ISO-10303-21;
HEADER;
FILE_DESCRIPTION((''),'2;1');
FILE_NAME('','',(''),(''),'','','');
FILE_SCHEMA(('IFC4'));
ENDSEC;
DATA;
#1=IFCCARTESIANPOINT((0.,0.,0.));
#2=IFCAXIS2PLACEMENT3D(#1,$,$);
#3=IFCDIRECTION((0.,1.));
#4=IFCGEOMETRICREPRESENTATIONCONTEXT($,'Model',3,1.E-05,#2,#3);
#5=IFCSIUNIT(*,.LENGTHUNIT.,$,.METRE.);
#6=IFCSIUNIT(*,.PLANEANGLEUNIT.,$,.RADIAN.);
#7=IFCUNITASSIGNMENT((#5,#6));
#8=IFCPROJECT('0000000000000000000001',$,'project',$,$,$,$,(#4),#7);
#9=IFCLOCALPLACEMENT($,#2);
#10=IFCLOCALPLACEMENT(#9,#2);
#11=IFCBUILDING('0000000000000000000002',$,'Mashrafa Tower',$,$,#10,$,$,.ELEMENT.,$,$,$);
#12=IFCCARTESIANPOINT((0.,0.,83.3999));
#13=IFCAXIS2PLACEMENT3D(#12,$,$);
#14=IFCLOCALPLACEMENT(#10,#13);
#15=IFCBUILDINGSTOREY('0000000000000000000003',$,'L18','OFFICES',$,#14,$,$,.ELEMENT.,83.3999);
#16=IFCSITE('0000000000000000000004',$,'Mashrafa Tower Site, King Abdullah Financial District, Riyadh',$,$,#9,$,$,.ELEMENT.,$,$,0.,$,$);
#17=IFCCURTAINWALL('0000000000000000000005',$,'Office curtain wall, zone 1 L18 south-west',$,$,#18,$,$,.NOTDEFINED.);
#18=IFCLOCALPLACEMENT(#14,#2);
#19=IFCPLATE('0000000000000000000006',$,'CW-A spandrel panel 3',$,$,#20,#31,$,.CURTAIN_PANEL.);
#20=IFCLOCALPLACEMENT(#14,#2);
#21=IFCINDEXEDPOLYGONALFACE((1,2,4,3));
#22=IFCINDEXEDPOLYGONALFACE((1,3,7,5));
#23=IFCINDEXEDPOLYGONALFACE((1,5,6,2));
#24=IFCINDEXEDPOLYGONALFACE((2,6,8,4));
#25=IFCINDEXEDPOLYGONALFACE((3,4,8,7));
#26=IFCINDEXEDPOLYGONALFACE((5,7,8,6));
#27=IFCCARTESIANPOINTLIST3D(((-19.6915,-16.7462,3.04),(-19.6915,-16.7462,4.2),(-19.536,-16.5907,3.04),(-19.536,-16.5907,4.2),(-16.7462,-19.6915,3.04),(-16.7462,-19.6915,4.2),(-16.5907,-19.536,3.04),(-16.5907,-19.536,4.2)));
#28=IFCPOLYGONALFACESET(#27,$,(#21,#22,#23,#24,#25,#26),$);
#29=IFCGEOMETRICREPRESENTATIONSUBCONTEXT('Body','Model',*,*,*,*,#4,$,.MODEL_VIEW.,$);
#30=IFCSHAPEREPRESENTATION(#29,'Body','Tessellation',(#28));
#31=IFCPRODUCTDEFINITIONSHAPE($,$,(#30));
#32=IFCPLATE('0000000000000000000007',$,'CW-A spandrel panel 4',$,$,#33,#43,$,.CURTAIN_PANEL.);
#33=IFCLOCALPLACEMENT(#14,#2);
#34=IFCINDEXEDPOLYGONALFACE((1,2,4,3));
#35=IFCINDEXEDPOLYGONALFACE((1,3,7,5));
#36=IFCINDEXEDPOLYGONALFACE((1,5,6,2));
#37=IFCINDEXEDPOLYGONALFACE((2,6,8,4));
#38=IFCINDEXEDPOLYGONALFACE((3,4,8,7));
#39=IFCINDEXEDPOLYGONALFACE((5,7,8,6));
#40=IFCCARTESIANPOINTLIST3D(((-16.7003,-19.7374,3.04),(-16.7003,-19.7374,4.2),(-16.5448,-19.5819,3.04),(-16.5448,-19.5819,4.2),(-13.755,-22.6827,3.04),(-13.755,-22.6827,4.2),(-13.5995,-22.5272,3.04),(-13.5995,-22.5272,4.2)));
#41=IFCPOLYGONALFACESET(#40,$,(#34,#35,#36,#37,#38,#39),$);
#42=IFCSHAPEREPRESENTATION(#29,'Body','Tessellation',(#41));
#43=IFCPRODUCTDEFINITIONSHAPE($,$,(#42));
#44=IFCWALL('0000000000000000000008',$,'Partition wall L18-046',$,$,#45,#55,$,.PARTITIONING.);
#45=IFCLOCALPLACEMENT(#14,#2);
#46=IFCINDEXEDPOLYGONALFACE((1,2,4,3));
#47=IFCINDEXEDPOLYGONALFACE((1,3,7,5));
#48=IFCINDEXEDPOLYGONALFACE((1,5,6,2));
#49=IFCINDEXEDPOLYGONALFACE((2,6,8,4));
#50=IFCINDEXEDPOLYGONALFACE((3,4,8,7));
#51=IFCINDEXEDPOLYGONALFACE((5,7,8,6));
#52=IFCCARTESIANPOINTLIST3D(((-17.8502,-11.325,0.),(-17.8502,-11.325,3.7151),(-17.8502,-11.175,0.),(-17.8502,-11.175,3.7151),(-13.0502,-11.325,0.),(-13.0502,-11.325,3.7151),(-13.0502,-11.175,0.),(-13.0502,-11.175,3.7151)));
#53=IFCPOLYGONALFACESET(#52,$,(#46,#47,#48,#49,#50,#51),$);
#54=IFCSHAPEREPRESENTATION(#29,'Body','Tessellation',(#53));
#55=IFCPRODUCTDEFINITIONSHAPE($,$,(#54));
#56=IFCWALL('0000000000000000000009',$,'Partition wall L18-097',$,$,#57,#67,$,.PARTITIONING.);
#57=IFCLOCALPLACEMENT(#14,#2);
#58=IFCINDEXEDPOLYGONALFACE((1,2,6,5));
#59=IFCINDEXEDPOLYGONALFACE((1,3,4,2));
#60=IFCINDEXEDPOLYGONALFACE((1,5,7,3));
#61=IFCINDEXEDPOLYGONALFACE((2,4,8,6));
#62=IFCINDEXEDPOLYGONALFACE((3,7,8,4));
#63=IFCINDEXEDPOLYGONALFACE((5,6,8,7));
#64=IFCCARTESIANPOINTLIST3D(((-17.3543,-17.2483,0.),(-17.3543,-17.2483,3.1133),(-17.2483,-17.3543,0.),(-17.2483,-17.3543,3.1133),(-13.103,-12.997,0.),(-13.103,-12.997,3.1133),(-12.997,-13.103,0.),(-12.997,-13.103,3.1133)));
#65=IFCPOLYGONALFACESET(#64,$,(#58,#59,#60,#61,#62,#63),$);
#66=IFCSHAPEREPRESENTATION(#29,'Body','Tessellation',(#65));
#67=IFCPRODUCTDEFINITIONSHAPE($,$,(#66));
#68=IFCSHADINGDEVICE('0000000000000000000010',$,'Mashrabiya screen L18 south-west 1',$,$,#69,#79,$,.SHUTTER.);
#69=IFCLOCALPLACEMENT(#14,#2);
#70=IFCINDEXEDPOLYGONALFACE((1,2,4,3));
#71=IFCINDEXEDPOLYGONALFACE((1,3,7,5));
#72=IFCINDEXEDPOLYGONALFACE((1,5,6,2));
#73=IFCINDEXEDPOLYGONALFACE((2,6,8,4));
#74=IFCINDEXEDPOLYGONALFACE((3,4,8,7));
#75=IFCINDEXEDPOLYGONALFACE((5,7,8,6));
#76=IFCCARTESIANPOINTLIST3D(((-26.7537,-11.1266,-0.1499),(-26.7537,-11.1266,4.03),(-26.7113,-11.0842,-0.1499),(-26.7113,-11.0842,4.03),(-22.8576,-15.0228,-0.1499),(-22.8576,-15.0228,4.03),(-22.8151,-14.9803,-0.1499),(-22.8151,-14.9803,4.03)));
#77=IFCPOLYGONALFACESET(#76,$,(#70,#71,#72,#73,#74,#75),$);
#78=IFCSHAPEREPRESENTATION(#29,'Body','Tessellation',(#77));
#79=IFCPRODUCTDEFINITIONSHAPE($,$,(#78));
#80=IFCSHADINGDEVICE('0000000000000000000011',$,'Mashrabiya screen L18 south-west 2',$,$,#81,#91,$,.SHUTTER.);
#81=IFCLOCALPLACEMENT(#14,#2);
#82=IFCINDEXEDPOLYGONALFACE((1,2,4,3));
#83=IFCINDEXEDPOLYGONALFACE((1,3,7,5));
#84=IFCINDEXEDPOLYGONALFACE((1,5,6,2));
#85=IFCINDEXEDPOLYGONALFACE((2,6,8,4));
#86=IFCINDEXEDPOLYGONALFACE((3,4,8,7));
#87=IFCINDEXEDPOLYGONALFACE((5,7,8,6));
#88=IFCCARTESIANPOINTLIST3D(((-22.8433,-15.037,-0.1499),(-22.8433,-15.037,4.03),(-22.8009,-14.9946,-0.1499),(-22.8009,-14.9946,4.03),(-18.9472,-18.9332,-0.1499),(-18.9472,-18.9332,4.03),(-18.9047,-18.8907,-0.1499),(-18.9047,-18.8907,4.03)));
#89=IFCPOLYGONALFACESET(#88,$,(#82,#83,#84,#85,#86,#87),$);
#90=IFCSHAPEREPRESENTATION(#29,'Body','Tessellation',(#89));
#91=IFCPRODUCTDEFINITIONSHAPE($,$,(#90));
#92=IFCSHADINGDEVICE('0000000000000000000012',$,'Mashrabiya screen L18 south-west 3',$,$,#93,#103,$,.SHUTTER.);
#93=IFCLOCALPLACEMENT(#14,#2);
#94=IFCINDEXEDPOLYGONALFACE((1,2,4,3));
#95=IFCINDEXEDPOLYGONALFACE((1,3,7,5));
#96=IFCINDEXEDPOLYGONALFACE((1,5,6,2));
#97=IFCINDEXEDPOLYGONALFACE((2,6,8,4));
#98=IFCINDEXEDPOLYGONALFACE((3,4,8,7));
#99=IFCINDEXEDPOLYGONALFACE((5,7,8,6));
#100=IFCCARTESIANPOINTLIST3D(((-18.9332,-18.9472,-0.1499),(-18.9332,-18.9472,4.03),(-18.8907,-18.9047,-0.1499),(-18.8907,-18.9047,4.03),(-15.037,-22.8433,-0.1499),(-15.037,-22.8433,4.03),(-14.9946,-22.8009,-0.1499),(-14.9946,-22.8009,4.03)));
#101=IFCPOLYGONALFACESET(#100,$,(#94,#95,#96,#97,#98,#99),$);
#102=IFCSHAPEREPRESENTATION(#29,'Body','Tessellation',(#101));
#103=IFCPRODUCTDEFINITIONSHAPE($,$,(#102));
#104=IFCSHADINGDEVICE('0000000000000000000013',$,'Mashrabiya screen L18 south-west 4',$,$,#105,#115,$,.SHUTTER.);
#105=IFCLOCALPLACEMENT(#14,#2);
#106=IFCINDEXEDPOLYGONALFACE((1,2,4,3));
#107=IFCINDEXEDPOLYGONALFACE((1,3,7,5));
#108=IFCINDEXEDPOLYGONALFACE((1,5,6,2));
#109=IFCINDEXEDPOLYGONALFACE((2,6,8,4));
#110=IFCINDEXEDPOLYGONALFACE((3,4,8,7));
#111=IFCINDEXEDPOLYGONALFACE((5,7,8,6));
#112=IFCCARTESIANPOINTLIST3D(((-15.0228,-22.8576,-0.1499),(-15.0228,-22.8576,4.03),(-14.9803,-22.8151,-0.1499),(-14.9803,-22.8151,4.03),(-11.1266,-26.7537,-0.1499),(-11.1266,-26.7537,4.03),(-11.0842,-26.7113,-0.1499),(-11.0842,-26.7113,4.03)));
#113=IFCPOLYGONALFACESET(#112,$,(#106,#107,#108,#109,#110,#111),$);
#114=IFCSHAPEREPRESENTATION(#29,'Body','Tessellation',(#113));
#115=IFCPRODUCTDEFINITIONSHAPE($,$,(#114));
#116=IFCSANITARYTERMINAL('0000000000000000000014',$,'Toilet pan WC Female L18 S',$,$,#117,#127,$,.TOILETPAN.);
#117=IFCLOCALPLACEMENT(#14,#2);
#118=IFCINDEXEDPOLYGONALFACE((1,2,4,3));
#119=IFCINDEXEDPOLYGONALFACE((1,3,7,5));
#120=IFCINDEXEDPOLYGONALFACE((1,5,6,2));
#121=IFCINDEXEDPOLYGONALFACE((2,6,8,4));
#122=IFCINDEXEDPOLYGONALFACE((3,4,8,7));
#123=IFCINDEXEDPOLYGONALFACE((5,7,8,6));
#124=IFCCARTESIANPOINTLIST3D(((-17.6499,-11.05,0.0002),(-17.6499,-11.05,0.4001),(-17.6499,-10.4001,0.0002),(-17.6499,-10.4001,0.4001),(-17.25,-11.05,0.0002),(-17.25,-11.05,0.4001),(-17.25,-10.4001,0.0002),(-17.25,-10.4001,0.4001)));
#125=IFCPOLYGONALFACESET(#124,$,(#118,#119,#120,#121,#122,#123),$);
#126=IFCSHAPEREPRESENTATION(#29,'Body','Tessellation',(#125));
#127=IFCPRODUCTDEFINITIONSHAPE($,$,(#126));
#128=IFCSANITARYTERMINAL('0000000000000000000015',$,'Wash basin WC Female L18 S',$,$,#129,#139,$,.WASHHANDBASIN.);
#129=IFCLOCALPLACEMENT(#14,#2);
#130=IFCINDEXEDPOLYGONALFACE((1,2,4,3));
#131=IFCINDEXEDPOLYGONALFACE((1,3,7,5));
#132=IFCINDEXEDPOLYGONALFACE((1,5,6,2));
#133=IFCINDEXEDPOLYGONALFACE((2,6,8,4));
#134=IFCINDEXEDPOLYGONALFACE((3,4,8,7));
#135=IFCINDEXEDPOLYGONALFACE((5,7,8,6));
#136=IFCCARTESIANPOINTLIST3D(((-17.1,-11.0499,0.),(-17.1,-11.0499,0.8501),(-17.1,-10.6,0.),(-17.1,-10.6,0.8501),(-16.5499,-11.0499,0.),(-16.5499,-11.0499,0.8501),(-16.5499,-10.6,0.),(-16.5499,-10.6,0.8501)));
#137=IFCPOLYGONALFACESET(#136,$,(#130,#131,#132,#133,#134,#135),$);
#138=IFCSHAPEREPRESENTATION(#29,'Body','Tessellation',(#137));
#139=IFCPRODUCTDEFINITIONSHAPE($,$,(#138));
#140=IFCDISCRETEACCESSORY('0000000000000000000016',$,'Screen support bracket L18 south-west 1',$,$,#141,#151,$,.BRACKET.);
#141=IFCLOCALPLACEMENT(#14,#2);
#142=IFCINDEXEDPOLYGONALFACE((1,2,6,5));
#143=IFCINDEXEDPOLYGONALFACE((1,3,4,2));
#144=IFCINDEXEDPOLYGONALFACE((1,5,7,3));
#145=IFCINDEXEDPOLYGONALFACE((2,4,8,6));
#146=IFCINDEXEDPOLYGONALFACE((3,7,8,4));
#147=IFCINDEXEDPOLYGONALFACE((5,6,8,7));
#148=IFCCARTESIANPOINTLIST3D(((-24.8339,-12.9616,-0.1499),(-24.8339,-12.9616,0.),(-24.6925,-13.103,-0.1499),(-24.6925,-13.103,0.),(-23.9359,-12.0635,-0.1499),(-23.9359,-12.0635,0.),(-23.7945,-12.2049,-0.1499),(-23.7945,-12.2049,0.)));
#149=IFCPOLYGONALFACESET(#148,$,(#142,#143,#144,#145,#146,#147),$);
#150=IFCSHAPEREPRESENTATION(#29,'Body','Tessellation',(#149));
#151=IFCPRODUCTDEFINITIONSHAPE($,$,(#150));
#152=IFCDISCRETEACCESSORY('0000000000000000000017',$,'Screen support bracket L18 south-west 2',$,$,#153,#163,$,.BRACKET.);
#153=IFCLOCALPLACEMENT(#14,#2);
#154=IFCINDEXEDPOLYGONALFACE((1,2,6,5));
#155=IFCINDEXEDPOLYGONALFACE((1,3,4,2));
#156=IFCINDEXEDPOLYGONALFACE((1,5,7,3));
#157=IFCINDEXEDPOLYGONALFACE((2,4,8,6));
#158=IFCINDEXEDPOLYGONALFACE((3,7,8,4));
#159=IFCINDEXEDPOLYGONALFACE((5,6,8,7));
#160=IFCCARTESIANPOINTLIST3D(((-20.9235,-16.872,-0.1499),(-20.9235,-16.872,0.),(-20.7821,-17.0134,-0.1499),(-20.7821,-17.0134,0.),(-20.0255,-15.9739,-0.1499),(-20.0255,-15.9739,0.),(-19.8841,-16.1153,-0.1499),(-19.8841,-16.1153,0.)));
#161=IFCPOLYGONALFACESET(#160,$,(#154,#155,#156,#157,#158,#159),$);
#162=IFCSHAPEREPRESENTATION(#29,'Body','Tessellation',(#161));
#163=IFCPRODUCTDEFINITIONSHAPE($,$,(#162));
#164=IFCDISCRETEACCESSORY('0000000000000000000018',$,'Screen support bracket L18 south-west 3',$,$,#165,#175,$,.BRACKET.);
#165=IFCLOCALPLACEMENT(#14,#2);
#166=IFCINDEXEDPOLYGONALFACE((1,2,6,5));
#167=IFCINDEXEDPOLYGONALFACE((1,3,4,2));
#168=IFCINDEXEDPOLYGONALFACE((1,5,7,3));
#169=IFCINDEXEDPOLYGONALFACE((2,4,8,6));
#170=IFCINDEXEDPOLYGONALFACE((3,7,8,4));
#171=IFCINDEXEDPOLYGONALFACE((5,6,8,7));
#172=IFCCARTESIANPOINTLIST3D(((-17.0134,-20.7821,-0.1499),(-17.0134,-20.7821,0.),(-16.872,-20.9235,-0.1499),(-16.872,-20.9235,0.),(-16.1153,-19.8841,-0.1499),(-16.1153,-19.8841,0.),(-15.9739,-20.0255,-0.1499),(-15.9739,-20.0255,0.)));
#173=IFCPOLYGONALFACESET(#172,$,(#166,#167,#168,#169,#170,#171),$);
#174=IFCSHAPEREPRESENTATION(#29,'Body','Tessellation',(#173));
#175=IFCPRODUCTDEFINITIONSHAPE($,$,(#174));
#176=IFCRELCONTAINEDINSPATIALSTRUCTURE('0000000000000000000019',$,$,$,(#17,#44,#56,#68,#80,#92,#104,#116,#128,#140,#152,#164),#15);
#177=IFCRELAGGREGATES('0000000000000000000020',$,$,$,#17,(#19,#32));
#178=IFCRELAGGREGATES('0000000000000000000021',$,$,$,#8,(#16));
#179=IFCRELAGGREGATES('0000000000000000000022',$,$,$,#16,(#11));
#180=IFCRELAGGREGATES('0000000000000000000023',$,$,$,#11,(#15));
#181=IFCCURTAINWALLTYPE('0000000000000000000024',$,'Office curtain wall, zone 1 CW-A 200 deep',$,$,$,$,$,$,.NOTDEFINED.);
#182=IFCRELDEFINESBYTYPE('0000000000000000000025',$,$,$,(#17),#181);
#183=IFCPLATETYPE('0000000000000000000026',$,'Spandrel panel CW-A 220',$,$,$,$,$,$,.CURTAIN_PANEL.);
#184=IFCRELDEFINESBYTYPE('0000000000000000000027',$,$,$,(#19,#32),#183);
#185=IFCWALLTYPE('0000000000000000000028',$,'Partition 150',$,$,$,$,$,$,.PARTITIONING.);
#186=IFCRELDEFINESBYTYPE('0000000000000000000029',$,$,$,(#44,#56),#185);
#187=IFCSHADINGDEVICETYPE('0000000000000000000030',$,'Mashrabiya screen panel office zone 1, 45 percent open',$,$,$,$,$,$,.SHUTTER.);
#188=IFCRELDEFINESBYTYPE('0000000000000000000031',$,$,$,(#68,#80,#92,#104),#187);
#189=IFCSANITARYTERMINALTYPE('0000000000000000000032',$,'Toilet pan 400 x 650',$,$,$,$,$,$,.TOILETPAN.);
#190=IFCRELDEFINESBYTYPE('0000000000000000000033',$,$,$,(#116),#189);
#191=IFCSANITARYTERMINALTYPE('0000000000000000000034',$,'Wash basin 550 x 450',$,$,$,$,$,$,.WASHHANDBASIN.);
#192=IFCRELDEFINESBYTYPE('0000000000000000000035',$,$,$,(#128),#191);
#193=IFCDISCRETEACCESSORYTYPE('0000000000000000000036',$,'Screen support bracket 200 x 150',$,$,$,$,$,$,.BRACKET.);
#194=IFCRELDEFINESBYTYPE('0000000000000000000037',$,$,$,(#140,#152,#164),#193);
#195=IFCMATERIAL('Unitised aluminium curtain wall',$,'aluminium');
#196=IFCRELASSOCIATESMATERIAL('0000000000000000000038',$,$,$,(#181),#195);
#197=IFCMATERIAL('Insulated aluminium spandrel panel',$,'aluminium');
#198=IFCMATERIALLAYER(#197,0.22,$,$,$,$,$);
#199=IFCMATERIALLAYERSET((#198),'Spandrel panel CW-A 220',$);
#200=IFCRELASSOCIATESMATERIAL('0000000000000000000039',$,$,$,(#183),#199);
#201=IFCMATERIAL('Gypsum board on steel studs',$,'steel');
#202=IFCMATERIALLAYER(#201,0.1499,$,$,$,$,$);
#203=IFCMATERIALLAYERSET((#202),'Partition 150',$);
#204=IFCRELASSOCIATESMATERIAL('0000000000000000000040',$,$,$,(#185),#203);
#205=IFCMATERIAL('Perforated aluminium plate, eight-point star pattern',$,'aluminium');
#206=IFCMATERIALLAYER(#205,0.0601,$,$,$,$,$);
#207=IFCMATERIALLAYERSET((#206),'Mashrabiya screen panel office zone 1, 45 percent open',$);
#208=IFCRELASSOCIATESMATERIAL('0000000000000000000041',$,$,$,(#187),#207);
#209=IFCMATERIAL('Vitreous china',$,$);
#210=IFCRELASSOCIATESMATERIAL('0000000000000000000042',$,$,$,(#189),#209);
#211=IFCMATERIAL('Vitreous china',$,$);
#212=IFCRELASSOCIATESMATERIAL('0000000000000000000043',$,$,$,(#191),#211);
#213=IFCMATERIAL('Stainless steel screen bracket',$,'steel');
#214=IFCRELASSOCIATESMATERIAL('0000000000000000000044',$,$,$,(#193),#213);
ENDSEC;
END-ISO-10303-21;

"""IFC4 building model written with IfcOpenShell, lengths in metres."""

from ifc_helpers import new_model, si_unit, direction, frame, frame_2d, origin, origin_2d, place, context, subcontext, project, spatial, rectangle, extrude, source, transform, mapped, material, layer, layer_set, type_object, type_shapes, element, aggregate, save


model = new_model("IFC4")

# Units and contexts
model_context = context("Model", 3, precision=1e-05, world=origin(), true_north=direction((0.0, 1.0)))
body_context = subcontext(model_context, "Body", "Model", "MODEL_VIEW")
ifc_project = project(units=[si_unit("LENGTHUNIT", "METRE"), si_unit("PLANEANGLEUNIT", "RADIAN")], contexts=[model_context])

# Site, building, storey
site_placement = place(None, origin())
site = spatial("IfcSite", under=ifc_project, at=site_placement, Name="Mashrafa Tower Site, King Abdullah Financial District, Riyadh", CompositionType="ELEMENT", RefElevation=0.0)
building_placement = place(site_placement, origin())
building = spatial("IfcBuilding", under=site, at=building_placement, Name="Mashrafa Tower", CompositionType="ELEMENT")
storey_placement = place(building_placement, frame((0.0, 0.0, 83.3999)))
storey = spatial("IfcBuildingStorey", under=building, at=storey_placement, Name="L18", Description="OFFICES", CompositionType="ELEMENT", Elevation=83.3999)

# Curtain wall, plates
ifc_material_1 = material(Name="Unitised aluminium curtain wall", Category="aluminium")
curtain_wall_type = type_object("IfcCurtainWallType", Name="Office curtain wall, zone 1 CW-A 200 deep", PredefinedType="NOTDEFINED", material=ifc_material_1)
curtain_wall_placement = place(storey_placement, origin())
curtain_wall = element("IfcCurtainWall", 1, at=curtain_wall_placement, inside=storey, type_object=curtain_wall_type, Name="Office curtain wall, zone 1 L18 south-west", PredefinedType="NOTDEFINED")
ifc_material_2 = material(Name="Insulated aluminium spandrel panel", Category="aluminium")
ifc_layer_1 = layer(ifc_material_2, 0.22)
ifc_layer_set_1 = layer_set([ifc_layer_1], Name="Spandrel panel CW-A 220")
plate_type_1 = type_object("IfcPlateType", Name="Spandrel panel CW-A 220", PredefinedType="CURTAIN_PANEL", material=ifc_layer_set_1)
shared_shape_1 = source(origin(), body_context, "Body", "SweptSolid", [
    extrude(rectangle(XDim=4.1653, YDim=0.22, at=origin_2d()), origin(), (0.0, 0.0, 1.0), 1.1599),
])
plate_1_placement = place(storey_placement, frame((-18.1411, -18.1411, 3.04), z_axis=(0.0, 0.0, 1.0), x_axis=(0.707107, -0.707107, 0.0)))
plate_1 = element("IfcPlate", 2, at=plate_1_placement, type_object=plate_type_1, Name="CW-A spandrel panel 3", PredefinedType="CURTAIN_PANEL", context=body_context, shape_type="MappedRepresentation", body=[
    mapped(shared_shape_1, transform((0.0, 0.0, 0.0))),
])
plate_2_placement = place(storey_placement, frame((-15.1499, -21.1323, 3.04), z_axis=(0.0, 0.0, 1.0), x_axis=(0.707107, -0.707107, 0.0)))
plate_2 = element("IfcPlate", 3, at=plate_2_placement, type_object=plate_type_1, Name="CW-A spandrel panel 4", PredefinedType="CURTAIN_PANEL", context=body_context, shape_type="MappedRepresentation", body=[
    mapped(shared_shape_1, transform((0.0, 0.0, 0.0))),
])
aggregate(curtain_wall, [plate_1, plate_2])

# Walls
ifc_material_3 = material(Name="Gypsum board on steel studs", Category="steel")
ifc_layer_2 = layer(ifc_material_3, 0.1499)
ifc_layer_set_2 = layer_set([ifc_layer_2], Name="Partition 150")
wall_type = type_object("IfcWallType", Name="Partition 150", PredefinedType="PARTITIONING", material=ifc_layer_set_2)
wall_1_placement = place(storey_placement, frame((-17.8501, -11.25, 0.0), z_axis=(0.0, 0.0, 1.0), x_axis=(1.0, 0.0, 0.0)))
element("IfcWall", 4, at=wall_1_placement, inside=storey, type_object=wall_type, Name="Partition wall L18-046", PredefinedType="PARTITIONING", context=body_context, shape_type="SweptSolid", body=[
    extrude(rectangle(XDim=4.8, YDim=0.1499, at=frame_2d((2.3999, 0.0))), origin(), (0.0, 0.0, 1.0), 3.7151),
])
wall_2_placement = place(storey_placement, frame((-17.3013, -17.3013, 0.0), z_axis=(0.0, 0.0, 1.0), x_axis=(0.707107, 0.707107, 0.0)))
element("IfcWall", 5, at=wall_2_placement, inside=storey, type_object=wall_type, Name="Partition wall L18-097", PredefinedType="PARTITIONING", context=body_context, shape_type="SweptSolid", body=[
    extrude(rectangle(XDim=6.0122, YDim=0.1499, at=frame_2d((3.0061, 0.0))), origin(), (0.0, 0.0, 1.0), 3.1133),
])

# Shading devices
ifc_material_4 = material(Name="Perforated aluminium plate, eight-point star pattern", Category="aluminium")
ifc_layer_3 = layer(ifc_material_4, 0.0601)
ifc_layer_set_3 = layer_set([ifc_layer_3], Name="Mashrabiya screen panel office zone 1, 45 percent open")
shading_device_type = type_object("IfcShadingDeviceType", Name="Mashrabiya screen panel office zone 1, 45 percent open", PredefinedType="SHUTTER", material=ifc_layer_set_3)
shared_shape_2 = source(origin(), body_context, "Body", "SweptSolid", [
    extrude(rectangle(XDim=5.51, YDim=0.0601, at=origin_2d()), origin(), (0.0, 0.0, 1.0), 4.1799),
])
type_shapes(shading_device_type, [shared_shape_2])
for number, where, z_axis, x_axis, name in (
    (6, (-24.7844, -13.0535, -0.1499), (0.0, 0.0, 1.0), (0.707107, -0.707107, 0.0), "Mashrabiya screen L18 south-west 1"),
    (7, (-20.874, -16.9639, -0.1499), (0.0, 0.0, 1.0), (0.707107, -0.707107, 0.0), "Mashrabiya screen L18 south-west 2"),
    (8, (-16.9639, -20.874, -0.1499), (0.0, 0.0, 1.0), (0.707107, -0.707107, 0.0), "Mashrabiya screen L18 south-west 3"),
    (9, (-13.0535, -24.7844, -0.1499), (0.0, 0.0, 1.0), (0.707107, -0.707107, 0.0), "Mashrabiya screen L18 south-west 4"),
):
    element("IfcShadingDevice", number, at=place(storey_placement, frame(where, z_axis=z_axis, x_axis=x_axis)), inside=storey, type_object=shading_device_type, Name=name, PredefinedType="SHUTTER", context=body_context, shape_type="MappedRepresentation", body=[
        mapped(shared_shape_2, transform((0.0, 0.0, 0.0))),
    ])

# Sanitary terminals
ifc_material_5 = material(Name="Vitreous china")
sanitary_terminal_type_1 = type_object("IfcSanitaryTerminalType", Name="Toilet pan 400 x 650", PredefinedType="TOILETPAN", material=ifc_material_5)
sanitary_terminal_1_placement = place(storey_placement, frame((-17.45, -10.7251, 0.0002), z_axis=(0.0, 0.0, 1.0), x_axis=(1.0, 0.0, 0.0)))
element("IfcSanitaryTerminal", 10, at=sanitary_terminal_1_placement, inside=storey, type_object=sanitary_terminal_type_1, Name="Toilet pan WC Female L18 S", PredefinedType="TOILETPAN", context=body_context, shape_type="SweptSolid", body=[
    extrude(rectangle(XDim=0.3999, YDim=0.6499, at=origin_2d()), origin(), (0.0, 0.0, 1.0), 0.3999),
])
ifc_material_6 = material(Name="Vitreous china")
sanitary_terminal_type_2 = type_object("IfcSanitaryTerminalType", Name="Wash basin 550 x 450", PredefinedType="WASHHANDBASIN", material=ifc_material_6)
sanitary_terminal_2_placement = place(storey_placement, frame((-16.825, -10.825, 0.0), z_axis=(0.0, 0.0, 1.0), x_axis=(1.0, 0.0, 0.0)))
element("IfcSanitaryTerminal", 11, at=sanitary_terminal_2_placement, inside=storey, type_object=sanitary_terminal_type_2, Name="Wash basin WC Female L18 S", PredefinedType="WASHHANDBASIN", context=body_context, shape_type="SweptSolid", body=[
    extrude(rectangle(XDim=0.55, YDim=0.45, at=origin_2d()), origin(), (0.0, 0.0, 1.0), 0.8501),
])

# Discrete accessories
ifc_material_7 = material(Name="Stainless steel screen bracket", Category="steel")
discrete_accessory_type = type_object("IfcDiscreteAccessoryType", Name="Screen support bracket 200 x 150", PredefinedType="BRACKET", material=ifc_material_7)
shared_shape_3 = source(origin(), body_context, "Body", "SweptSolid", [
    extrude(rectangle(XDim=0.2, YDim=1.27, at=origin_2d()), origin(), (0.0, 0.0, 1.0), 0.1499),
])
type_shapes(discrete_accessory_type, [shared_shape_3])
for number, where, z_axis, x_axis, name in (
    (12, (-24.3142, -12.5833, -0.1499), (0.0, 0.0, 1.0), (0.707107, -0.707107, 0.0), "Screen support bracket L18 south-west 1"),
    (13, (-20.4038, -16.4937, -0.1499), (0.0, 0.0, 1.0), (0.707107, -0.707107, 0.0), "Screen support bracket L18 south-west 2"),
    (14, (-16.4937, -20.4038, -0.1499), (0.0, 0.0, 1.0), (0.707107, -0.707107, 0.0), "Screen support bracket L18 south-west 3"),
):
    element("IfcDiscreteAccessory", number, at=place(storey_placement, frame(where, z_axis=z_axis, x_axis=x_axis)), inside=storey, type_object=discrete_accessory_type, Name=name, PredefinedType="BRACKET", context=body_context, shape_type="MappedRepresentation", body=[
        mapped(shared_shape_3, transform((0.0, 0.0, 0.0))),
    ])

save(model, "model.ifc")
